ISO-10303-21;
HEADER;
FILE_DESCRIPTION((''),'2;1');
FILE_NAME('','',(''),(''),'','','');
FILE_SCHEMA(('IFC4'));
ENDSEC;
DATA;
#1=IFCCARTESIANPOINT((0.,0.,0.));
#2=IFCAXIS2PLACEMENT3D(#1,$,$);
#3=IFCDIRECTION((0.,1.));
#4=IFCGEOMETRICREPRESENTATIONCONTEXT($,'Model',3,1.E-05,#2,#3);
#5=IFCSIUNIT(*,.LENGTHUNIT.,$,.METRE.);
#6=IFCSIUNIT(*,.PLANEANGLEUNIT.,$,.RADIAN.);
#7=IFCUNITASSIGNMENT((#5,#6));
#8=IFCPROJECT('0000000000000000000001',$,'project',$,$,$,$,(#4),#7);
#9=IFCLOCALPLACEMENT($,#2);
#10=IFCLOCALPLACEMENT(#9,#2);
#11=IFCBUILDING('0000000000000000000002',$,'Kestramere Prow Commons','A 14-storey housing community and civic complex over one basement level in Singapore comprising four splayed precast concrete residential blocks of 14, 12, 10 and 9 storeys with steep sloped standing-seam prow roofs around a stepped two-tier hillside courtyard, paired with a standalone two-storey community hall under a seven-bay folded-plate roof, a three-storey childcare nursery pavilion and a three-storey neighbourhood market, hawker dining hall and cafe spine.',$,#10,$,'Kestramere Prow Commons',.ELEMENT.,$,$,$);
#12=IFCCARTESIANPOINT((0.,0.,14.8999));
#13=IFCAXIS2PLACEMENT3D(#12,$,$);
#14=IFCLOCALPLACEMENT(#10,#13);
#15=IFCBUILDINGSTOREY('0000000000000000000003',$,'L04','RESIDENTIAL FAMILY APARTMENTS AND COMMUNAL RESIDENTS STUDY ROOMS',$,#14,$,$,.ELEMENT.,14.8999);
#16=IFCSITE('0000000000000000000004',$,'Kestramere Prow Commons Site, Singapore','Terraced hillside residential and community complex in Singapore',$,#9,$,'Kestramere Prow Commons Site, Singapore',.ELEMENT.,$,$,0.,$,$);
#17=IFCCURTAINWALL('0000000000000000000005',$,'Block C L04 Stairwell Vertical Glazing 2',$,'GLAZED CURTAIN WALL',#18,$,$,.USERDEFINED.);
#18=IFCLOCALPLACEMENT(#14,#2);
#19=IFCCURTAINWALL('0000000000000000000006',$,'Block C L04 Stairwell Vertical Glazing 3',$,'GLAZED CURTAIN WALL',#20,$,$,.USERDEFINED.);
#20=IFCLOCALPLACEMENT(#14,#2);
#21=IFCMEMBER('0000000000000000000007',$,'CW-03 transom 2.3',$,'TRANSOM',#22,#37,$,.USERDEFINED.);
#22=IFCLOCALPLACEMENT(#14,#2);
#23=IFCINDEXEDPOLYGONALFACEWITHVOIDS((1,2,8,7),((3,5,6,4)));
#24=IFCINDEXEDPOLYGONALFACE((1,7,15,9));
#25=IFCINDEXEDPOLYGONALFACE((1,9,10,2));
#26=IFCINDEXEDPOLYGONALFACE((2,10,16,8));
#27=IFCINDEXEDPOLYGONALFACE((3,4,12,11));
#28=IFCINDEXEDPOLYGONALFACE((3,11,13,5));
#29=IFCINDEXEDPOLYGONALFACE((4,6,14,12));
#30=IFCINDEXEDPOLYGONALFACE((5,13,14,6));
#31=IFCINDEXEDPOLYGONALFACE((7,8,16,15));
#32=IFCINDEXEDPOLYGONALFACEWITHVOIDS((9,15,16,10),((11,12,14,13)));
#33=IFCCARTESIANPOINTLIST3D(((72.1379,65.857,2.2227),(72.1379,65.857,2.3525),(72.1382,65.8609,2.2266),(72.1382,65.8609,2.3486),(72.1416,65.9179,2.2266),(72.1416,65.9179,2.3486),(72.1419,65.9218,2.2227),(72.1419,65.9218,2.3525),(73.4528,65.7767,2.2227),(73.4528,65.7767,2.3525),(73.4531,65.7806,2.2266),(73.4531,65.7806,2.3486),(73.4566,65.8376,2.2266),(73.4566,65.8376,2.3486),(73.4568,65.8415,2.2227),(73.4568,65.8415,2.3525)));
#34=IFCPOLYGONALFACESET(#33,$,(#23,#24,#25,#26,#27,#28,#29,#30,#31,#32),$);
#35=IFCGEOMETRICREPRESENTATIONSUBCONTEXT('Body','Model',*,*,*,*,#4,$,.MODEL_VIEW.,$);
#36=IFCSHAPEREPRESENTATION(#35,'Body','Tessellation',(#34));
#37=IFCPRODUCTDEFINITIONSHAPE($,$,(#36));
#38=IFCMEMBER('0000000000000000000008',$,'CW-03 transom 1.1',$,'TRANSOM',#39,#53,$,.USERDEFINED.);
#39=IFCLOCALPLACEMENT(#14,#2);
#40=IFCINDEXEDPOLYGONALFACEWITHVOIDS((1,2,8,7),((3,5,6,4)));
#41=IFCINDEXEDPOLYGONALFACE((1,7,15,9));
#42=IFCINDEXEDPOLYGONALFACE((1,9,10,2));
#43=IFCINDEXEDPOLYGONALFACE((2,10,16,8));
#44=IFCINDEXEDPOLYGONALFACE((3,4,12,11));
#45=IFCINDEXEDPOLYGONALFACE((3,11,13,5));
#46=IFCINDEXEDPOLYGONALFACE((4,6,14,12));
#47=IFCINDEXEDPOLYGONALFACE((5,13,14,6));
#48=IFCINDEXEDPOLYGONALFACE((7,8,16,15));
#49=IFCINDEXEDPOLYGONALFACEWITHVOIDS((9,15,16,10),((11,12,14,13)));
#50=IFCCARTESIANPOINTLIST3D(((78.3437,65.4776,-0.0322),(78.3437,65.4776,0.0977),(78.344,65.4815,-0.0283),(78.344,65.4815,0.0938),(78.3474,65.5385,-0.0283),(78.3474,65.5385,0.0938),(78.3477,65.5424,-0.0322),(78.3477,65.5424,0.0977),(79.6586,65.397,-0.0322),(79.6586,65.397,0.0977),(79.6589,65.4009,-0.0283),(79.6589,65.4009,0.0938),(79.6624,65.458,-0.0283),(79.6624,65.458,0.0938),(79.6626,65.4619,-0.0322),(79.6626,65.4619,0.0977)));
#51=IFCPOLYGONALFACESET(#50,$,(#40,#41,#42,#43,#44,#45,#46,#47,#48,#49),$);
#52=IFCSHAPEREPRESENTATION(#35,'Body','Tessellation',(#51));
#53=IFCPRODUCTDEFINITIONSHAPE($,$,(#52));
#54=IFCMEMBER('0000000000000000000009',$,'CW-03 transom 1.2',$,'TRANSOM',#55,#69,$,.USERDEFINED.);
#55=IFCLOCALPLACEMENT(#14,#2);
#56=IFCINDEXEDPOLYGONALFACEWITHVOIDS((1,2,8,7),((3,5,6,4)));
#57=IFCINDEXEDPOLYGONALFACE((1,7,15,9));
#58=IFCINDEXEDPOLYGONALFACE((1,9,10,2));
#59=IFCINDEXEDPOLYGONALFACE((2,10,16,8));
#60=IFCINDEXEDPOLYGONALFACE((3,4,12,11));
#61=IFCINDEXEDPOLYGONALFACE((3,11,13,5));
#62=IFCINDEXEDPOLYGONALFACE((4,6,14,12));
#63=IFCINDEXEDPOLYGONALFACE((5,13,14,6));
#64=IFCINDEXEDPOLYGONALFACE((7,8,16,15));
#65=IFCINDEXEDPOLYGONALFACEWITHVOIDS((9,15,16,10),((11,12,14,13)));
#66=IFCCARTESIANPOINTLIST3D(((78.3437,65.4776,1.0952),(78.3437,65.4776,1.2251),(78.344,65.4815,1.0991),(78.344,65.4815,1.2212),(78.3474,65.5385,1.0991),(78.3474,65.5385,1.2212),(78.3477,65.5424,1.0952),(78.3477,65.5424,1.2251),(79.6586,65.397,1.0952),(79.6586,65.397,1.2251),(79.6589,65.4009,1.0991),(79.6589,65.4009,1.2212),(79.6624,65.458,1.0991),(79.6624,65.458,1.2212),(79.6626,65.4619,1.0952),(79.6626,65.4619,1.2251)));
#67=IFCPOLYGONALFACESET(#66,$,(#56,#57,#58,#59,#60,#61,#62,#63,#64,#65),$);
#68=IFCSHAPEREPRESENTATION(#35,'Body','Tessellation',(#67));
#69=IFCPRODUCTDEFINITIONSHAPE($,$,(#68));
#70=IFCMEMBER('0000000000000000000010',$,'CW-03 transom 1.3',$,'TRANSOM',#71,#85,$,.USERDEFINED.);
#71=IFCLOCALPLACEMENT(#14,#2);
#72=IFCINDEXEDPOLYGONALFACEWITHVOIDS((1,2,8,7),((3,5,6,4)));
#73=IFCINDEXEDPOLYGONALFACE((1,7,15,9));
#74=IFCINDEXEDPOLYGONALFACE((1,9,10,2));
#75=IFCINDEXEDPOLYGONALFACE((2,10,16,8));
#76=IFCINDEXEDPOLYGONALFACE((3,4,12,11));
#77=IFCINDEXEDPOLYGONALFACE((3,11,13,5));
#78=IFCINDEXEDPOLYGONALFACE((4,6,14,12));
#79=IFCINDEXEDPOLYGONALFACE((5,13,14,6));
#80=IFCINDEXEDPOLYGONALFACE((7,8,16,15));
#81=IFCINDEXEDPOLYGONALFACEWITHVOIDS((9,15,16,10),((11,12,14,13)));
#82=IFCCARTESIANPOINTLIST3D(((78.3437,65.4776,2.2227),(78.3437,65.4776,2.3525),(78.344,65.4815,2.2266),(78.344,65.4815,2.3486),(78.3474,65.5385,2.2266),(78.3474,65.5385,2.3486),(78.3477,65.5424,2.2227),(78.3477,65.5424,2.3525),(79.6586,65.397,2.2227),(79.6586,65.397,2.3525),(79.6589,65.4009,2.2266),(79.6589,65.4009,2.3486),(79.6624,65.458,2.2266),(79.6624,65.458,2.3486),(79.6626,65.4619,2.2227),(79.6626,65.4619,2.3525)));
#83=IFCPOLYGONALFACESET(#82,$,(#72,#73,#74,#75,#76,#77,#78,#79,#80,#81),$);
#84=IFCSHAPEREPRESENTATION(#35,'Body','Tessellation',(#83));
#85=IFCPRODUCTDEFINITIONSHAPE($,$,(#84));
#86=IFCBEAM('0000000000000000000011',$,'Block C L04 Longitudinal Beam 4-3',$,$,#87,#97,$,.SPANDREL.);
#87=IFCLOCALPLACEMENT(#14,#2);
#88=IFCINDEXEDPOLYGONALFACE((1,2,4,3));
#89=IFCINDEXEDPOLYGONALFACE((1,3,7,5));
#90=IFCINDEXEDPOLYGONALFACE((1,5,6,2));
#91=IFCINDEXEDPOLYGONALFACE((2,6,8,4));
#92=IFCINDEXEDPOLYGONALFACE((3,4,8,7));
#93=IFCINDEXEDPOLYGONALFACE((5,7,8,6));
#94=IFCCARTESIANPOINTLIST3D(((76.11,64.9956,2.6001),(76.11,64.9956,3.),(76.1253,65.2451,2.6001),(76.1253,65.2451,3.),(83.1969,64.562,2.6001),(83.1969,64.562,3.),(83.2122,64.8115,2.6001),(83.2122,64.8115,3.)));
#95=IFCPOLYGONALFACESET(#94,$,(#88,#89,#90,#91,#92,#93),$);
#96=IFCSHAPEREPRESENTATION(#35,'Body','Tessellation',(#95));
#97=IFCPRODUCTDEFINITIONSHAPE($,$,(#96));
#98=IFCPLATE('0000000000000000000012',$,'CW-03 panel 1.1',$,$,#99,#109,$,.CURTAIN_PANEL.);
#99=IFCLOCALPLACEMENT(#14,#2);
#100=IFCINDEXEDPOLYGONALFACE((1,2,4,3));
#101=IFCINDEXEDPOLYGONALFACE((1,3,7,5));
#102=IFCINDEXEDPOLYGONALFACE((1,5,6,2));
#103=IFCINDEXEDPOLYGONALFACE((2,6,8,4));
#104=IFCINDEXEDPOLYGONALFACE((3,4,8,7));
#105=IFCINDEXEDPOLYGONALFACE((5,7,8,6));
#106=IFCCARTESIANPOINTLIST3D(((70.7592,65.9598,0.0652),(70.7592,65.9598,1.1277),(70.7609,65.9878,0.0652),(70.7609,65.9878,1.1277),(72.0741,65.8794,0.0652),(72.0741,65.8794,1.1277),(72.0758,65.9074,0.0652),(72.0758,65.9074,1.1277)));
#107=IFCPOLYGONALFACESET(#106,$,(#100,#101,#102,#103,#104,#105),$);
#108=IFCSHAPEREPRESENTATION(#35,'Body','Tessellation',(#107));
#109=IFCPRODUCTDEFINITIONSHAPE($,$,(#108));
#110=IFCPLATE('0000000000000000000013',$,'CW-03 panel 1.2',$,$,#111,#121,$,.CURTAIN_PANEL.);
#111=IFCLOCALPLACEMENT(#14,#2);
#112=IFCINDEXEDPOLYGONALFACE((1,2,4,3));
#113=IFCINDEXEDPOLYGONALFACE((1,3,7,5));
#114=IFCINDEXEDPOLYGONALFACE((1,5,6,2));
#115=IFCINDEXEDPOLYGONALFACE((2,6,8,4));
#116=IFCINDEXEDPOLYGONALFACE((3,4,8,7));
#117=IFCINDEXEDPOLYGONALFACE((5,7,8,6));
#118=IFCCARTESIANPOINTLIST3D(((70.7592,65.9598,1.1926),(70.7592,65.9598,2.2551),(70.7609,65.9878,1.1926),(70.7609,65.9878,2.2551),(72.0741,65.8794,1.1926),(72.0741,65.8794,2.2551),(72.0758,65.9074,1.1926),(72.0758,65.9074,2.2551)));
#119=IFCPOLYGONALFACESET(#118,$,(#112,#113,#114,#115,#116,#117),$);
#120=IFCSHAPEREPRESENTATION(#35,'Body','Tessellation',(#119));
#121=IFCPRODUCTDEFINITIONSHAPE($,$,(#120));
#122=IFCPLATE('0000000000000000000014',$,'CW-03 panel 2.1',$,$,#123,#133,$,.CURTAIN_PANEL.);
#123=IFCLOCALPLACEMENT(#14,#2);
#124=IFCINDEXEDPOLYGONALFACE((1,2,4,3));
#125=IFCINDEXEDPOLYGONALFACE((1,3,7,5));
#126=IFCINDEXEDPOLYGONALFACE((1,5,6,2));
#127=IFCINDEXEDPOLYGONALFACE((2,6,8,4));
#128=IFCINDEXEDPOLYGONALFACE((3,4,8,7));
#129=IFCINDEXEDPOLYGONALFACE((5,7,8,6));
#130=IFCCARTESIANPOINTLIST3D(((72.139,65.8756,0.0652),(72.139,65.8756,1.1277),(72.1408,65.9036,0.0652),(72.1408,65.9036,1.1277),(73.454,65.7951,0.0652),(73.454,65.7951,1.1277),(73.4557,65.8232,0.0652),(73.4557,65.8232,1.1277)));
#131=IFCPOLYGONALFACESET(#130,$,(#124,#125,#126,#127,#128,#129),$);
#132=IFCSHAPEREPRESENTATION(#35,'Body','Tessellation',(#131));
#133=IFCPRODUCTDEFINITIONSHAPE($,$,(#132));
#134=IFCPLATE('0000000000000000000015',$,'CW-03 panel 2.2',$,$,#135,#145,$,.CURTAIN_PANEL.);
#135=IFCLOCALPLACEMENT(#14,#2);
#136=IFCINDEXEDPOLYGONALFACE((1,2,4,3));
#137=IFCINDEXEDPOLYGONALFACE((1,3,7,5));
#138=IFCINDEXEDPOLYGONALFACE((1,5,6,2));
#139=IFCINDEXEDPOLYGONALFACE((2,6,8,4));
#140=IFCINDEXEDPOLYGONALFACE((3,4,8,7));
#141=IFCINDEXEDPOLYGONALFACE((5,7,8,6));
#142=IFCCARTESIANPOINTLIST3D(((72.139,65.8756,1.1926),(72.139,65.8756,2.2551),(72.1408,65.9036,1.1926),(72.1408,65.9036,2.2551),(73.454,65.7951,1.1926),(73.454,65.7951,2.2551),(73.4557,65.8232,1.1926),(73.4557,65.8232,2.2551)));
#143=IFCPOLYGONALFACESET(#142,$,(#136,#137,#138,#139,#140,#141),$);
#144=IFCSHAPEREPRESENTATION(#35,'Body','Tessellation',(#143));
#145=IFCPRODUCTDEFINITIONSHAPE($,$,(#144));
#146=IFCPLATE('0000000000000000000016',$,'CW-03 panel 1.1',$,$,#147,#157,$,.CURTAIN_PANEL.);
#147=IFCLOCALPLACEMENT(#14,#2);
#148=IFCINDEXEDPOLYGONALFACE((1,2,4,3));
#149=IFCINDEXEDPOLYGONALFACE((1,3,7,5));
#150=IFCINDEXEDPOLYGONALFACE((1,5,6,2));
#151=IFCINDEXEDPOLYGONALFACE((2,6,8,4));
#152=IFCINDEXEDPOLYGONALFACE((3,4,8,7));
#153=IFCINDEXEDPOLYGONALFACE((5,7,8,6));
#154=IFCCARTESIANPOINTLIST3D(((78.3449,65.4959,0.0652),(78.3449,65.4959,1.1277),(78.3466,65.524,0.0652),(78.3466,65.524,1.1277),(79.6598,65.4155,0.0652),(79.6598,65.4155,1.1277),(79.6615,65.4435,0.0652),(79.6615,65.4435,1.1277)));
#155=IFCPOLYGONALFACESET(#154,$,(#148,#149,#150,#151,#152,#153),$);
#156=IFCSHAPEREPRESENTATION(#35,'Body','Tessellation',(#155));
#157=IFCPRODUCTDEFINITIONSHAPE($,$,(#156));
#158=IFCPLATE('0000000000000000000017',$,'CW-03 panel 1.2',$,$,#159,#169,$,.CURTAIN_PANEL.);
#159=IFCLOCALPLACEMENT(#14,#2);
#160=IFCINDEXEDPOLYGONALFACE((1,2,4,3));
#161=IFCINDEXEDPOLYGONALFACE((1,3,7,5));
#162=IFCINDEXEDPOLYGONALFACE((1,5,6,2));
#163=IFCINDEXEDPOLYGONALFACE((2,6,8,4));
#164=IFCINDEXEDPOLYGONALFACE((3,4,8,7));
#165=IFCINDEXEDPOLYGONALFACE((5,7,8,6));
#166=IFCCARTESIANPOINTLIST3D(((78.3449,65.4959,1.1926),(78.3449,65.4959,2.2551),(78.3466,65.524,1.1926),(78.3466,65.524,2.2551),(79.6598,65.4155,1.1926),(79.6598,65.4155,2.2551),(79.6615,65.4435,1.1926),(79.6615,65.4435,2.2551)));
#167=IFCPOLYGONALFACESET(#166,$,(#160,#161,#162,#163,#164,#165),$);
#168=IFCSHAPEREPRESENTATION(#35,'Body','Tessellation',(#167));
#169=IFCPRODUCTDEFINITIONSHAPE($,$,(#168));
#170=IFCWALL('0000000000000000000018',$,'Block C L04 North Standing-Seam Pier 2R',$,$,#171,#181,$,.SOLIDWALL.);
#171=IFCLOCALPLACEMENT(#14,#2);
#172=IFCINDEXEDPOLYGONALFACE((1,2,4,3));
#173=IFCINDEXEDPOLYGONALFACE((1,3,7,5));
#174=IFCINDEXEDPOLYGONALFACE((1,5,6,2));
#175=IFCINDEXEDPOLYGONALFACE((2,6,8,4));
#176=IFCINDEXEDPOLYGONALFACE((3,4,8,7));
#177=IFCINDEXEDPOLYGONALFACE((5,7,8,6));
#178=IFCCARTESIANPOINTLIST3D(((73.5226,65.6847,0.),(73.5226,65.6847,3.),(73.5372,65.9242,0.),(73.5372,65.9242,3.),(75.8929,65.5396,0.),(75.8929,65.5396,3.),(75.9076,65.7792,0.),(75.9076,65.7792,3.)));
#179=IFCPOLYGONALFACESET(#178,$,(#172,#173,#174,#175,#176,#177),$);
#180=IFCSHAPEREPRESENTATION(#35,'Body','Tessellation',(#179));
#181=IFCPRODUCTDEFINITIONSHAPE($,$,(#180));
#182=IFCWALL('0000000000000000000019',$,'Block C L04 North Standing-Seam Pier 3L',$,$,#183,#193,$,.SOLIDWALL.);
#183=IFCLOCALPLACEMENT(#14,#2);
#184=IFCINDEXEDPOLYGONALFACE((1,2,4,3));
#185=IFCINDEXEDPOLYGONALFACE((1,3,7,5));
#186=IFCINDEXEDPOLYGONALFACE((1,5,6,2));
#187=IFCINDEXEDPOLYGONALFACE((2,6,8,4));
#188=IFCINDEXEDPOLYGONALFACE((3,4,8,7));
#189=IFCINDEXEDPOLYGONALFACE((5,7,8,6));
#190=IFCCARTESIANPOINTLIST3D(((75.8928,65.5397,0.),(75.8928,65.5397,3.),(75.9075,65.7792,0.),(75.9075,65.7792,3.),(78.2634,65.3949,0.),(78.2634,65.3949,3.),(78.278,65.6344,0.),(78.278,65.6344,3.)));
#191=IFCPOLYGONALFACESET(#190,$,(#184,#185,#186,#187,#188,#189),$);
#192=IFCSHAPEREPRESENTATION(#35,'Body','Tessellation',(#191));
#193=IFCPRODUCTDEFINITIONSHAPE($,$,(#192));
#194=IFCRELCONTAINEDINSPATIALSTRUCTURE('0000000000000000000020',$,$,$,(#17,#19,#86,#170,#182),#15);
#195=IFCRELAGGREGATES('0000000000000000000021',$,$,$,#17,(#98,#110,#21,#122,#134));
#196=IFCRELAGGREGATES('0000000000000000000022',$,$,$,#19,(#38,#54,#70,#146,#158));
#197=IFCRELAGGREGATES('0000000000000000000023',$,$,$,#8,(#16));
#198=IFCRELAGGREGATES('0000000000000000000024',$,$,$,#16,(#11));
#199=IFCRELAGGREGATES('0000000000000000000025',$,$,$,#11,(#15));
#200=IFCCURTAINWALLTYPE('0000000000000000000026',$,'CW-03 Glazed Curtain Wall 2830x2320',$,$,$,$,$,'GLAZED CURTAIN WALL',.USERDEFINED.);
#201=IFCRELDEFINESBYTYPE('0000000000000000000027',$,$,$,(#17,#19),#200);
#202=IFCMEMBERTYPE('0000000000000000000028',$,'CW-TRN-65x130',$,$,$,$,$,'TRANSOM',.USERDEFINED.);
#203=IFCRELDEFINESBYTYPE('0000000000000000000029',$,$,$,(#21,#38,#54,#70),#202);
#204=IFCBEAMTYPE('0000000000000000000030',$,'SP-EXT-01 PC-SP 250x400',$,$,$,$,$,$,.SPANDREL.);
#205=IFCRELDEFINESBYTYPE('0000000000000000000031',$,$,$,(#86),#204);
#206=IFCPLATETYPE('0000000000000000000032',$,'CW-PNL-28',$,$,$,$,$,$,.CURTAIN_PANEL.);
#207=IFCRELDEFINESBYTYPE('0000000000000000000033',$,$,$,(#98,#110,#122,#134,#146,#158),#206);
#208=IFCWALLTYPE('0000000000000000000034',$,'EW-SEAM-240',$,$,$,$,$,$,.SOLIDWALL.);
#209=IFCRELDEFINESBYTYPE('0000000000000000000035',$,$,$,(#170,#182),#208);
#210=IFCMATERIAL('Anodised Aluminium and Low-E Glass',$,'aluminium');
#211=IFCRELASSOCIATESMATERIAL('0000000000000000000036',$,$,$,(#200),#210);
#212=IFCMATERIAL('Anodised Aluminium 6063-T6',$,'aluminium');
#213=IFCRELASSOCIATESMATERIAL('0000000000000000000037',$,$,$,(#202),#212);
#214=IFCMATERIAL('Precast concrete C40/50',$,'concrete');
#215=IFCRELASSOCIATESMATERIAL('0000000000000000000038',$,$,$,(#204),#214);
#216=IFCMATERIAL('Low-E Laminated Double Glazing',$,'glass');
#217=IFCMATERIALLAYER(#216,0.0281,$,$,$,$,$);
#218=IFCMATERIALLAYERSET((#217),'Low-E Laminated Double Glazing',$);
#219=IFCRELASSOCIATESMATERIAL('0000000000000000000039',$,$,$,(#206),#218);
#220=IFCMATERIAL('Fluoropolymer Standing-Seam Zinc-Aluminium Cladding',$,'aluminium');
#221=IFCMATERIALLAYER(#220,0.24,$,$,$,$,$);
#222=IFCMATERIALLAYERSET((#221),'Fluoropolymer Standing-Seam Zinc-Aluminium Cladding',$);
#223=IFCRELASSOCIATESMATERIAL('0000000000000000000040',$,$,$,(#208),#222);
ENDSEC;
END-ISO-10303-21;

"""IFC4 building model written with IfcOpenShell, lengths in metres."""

from ifc_helpers import new_model, si_unit, direction, frame, frame_2d, origin, origin_2d, place, context, subcontext, project, spatial, rectangle, hollow_rectangle, extrude, material, layer, layer_set, material_profile, profile_set, type_object, element, aggregate, save


model = new_model("IFC4")

# Units and contexts
model_context = context("Model", 3, precision=1e-05, world=origin(), true_north=direction((0.0, 1.0)))
body_context = subcontext(model_context, "Body", "Model", "MODEL_VIEW")
ifc_project = project(units=[si_unit("LENGTHUNIT", "METRE"), si_unit("PLANEANGLEUNIT", "RADIAN")], contexts=[model_context])

# Site, building, storey
site_placement = place(None, origin())
site = spatial("IfcSite", under=ifc_project, at=site_placement, Name="Kestramere Prow Commons Site, Singapore", Description="Terraced hillside residential and community complex in Singapore", LongName="Kestramere Prow Commons Site, Singapore", CompositionType="ELEMENT", RefElevation=0.0)
building_placement = place(site_placement, origin())
building = spatial("IfcBuilding", under=site, at=building_placement, Name="Kestramere Prow Commons", Description="A 14-storey housing community and civic complex over one basement level in Singapore comprising four splayed precast concrete residential blocks of 14, 12, 10 and 9 storeys with steep sloped standing-seam prow roofs around a stepped two-tier hillside courtyard, paired with a standalone two-storey community hall under a seven-bay folded-plate roof, a three-storey childcare nursery pavilion and a three-storey neighbourhood market, hawker dining hall and cafe spine.", LongName="Kestramere Prow Commons", CompositionType="ELEMENT")
storey_placement = place(building_placement, frame((0.0, 0.0, 14.8999)))
storey = spatial("IfcBuildingStorey", under=building, at=storey_placement, Name="L04", Description="RESIDENTIAL FAMILY APARTMENTS AND COMMUNAL RESIDENTS STUDY ROOMS", CompositionType="ELEMENT", Elevation=14.8999)

# Shared definitions
ifc_material_1 = material(Name="Precast concrete C40/50", Category="concrete")

# Curtain walls
ifc_material_2 = material(Name="Anodised Aluminium and Low-E Glass", Category="aluminium")
curtain_wall_type = type_object("IfcCurtainWallType", Name="CW-03 Glazed Curtain Wall 2830x2320", ElementType="GLAZED CURTAIN WALL", PredefinedType="USERDEFINED", material=ifc_material_2)
curtain_wall_1_placement = place(storey_placement, origin())
curtain_wall_1 = element("IfcCurtainWall", 1, at=curtain_wall_1_placement, inside=storey, type_object=curtain_wall_type, Name="Block C L04 Stairwell Vertical Glazing 2", ObjectType="GLAZED CURTAIN WALL", PredefinedType="USERDEFINED")
ifc_material_3 = material(Name="Anodised Aluminium 6063-T6", Category="aluminium")
curtain_wall_2_placement = place(storey_placement, origin())
curtain_wall_2 = element("IfcCurtainWall", 2, at=curtain_wall_2_placement, inside=storey, type_object=curtain_wall_type, Name="Block C L04 Stairwell Vertical Glazing 3", ObjectType="GLAZED CURTAIN WALL", PredefinedType="USERDEFINED")

# Members
ifc_material_profile_1 = material_profile(ifc_material_3, hollow_rectangle(XDim=0.0649, YDim=0.1299, WallThickness=0.0039, at=origin_2d()), Name="ALU-TRN 65x130")
ifc_profile_set_1 = profile_set([ifc_material_profile_1], Name="Anodised Aluminium 6063-T6")
member_type_1 = type_object("IfcMemberType", Name="CW-TRN-65x130", ElementType="TRANSOM", PredefinedType="USERDEFINED", material=ifc_profile_set_1)
member_1_placement = place(storey_placement, frame((72.1399, 65.8894, 2.2876), z_axis=(0.99814, -0.060971, 0.0), x_axis=(0.060971, 0.99814, 0.0)))
member_1 = element("IfcMember", 3, at=member_1_placement, type_object=member_type_1, Name="CW-03 transom 2.3", ObjectType="TRANSOM", PredefinedType="USERDEFINED", context=body_context, shape_type="SweptSolid", body=[
    extrude(hollow_rectangle(XDim=0.0649, YDim=0.1299, WallThickness=0.0039, at=origin_2d()), origin(), (0.0, 0.0, 1.0), 1.3174),
])
member_2_placement = place(storey_placement, frame((78.3457, 65.51, 0.0327), z_axis=(0.998128, -0.061155, 0.0), x_axis=(0.061155, 0.998128, 0.0)))
member_2 = element("IfcMember", 4, at=member_2_placement, type_object=member_type_1, Name="CW-03 transom 1.1", ObjectType="TRANSOM", PredefinedType="USERDEFINED", context=body_context, shape_type="SweptSolid", body=[
    extrude(hollow_rectangle(XDim=0.0649, YDim=0.1299, WallThickness=0.0039, at=origin_2d()), origin(), (0.0, 0.0, 1.0), 1.3174),
])
member_3_placement = place(storey_placement, frame((78.3457, 65.51, 1.1602), z_axis=(0.998128, -0.061155, 0.0), x_axis=(0.061155, 0.998128, 0.0)))
member_3 = element("IfcMember", 5, at=member_3_placement, type_object=member_type_1, Name="CW-03 transom 1.2", ObjectType="TRANSOM", PredefinedType="USERDEFINED", context=body_context, shape_type="SweptSolid", body=[
    extrude(hollow_rectangle(XDim=0.0649, YDim=0.1299, WallThickness=0.0039, at=origin_2d()), origin(), (0.0, 0.0, 1.0), 1.3174),
])
member_4_placement = place(storey_placement, frame((78.3457, 65.51, 2.2876), z_axis=(0.998128, -0.061155, 0.0), x_axis=(0.061155, 0.998128, 0.0)))
member_4 = element("IfcMember", 6, at=member_4_placement, type_object=member_type_1, Name="CW-03 transom 1.3", ObjectType="TRANSOM", PredefinedType="USERDEFINED", context=body_context, shape_type="SweptSolid", body=[
    extrude(hollow_rectangle(XDim=0.0649, YDim=0.1299, WallThickness=0.0039, at=origin_2d()), origin(), (0.0, 0.0, 1.0), 1.3174),
])

# Beam
ifc_material_profile_2 = material_profile(ifc_material_1, rectangle(XDim=0.25, YDim=0.3999, at=origin_2d()), Name="PC-SP 250x400")
ifc_profile_set_2 = profile_set([ifc_material_profile_2], Name="Precast concrete C40/50")
beam_type = type_object("IfcBeamType", Name="SP-EXT-01 PC-SP 250x400", PredefinedType="SPANDREL", material=ifc_profile_set_2)
beam_placement = place(storey_placement, frame((76.1177, 65.1204, 2.8), z_axis=(0.998134, -0.061068, 0.0), x_axis=(0.061068, 0.998134, 0.0)))
element("IfcBeam", 7, at=beam_placement, inside=storey, type_object=beam_type, Name="Block C L04 Longitudinal Beam 4-3", PredefinedType="SPANDREL", context=body_context, shape_type="SweptSolid", body=[
    extrude(rectangle(XDim=0.25, YDim=0.3999, at=origin_2d()), origin(), (0.0, 0.0, 1.0), 7.1001),
])

# Plates
ifc_material_4 = material(Name="Low-E Laminated Double Glazing", Category="glass")
ifc_layer_1 = layer(ifc_material_4, 0.0281)
ifc_layer_set_1 = layer_set([ifc_layer_1], Name="Low-E Laminated Double Glazing")
plate_type = type_object("IfcPlateType", Name="CW-PNL-28", PredefinedType="CURTAIN_PANEL", material=ifc_layer_set_1)
plate_1_placement = place(storey_placement, frame((71.4175, 65.9336, 0.0652), z_axis=(0.0, 0.0, 1.0), x_axis=(0.998135, -0.061048, 0.0)))
plate_1 = element("IfcPlate", 8, at=plate_1_placement, type_object=plate_type, Name="CW-03 panel 1.1", PredefinedType="CURTAIN_PANEL", context=body_context, shape_type="SweptSolid", body=[
    extrude(rectangle(XDim=1.3174, YDim=0.0281, at=origin_2d()), origin(), (0.0, 0.0, 1.0), 1.0625),
])
plate_2_placement = place(storey_placement, frame((71.4175, 65.9336, 1.1926), z_axis=(0.0, 0.0, 1.0), x_axis=(0.998135, -0.061048, 0.0)))
plate_2 = element("IfcPlate", 9, at=plate_2_placement, type_object=plate_type, Name="CW-03 panel 1.2", PredefinedType="CURTAIN_PANEL", context=body_context, shape_type="SweptSolid", body=[
    extrude(rectangle(XDim=1.3174, YDim=0.0281, at=origin_2d()), origin(), (0.0, 0.0, 1.0), 1.0625),
])
plate_3_placement = place(storey_placement, frame((72.7974, 65.8494, 0.0652), z_axis=(0.0, 0.0, 1.0), x_axis=(0.998135, -0.061048, 0.0)))
plate_3 = element("IfcPlate", 10, at=plate_3_placement, type_object=plate_type, Name="CW-03 panel 2.1", PredefinedType="CURTAIN_PANEL", context=body_context, shape_type="SweptSolid", body=[
    extrude(rectangle(XDim=1.3174, YDim=0.0281, at=origin_2d()), origin(), (0.0, 0.0, 1.0), 1.0625),
])
plate_4_placement = place(storey_placement, frame((72.7974, 65.8494, 1.1926), z_axis=(0.0, 0.0, 1.0), x_axis=(0.998135, -0.061048, 0.0)))
plate_4 = element("IfcPlate", 11, at=plate_4_placement, type_object=plate_type, Name="CW-03 panel 2.2", PredefinedType="CURTAIN_PANEL", context=body_context, shape_type="SweptSolid", body=[
    extrude(rectangle(XDim=1.3174, YDim=0.0281, at=origin_2d()), origin(), (0.0, 0.0, 1.0), 1.0625),
])
aggregate(curtain_wall_1, [plate_1, plate_2, member_1, plate_3, plate_4])
plate_5_placement = place(storey_placement, frame((79.0032, 65.4697, 0.0652), z_axis=(0.0, 0.0, 1.0), x_axis=(0.998135, -0.061048, 0.0)))
plate_5 = element("IfcPlate", 12, at=plate_5_placement, type_object=plate_type, Name="CW-03 panel 1.1", PredefinedType="CURTAIN_PANEL", context=body_context, shape_type="SweptSolid", body=[
    extrude(rectangle(XDim=1.3174, YDim=0.0281, at=origin_2d()), origin(), (0.0, 0.0, 1.0), 1.0625),
])
plate_6_placement = place(storey_placement, frame((79.0032, 65.4697, 1.1926), z_axis=(0.0, 0.0, 1.0), x_axis=(0.998135, -0.061048, 0.0)))
plate_6 = element("IfcPlate", 13, at=plate_6_placement, type_object=plate_type, Name="CW-03 panel 1.2", PredefinedType="CURTAIN_PANEL", context=body_context, shape_type="SweptSolid", body=[
    extrude(rectangle(XDim=1.3174, YDim=0.0281, at=origin_2d()), origin(), (0.0, 0.0, 1.0), 1.0625),
])
aggregate(curtain_wall_2, [member_2, member_3, member_4, plate_5, plate_6])

# Walls
ifc_material_5 = material(Name="Fluoropolymer Standing-Seam Zinc-Aluminium Cladding", Category="aluminium")
ifc_layer_2 = layer(ifc_material_5, 0.24)
ifc_layer_set_2 = layer_set([ifc_layer_2], Name="Fluoropolymer Standing-Seam Zinc-Aluminium Cladding")
wall_type_1 = type_object("IfcWallType", Name="EW-SEAM-240", PredefinedType="SOLIDWALL", material=ifc_layer_set_2)
wall_1_placement = place(storey_placement, frame((73.5298, 65.8044, 0.0), z_axis=(0.0, 0.0, 1.0), x_axis=(0.998134, -0.061066, 0.0)))
element("IfcWall", 14, at=wall_1_placement, inside=storey, type_object=wall_type_1, Name="Block C L04 North Standing-Seam Pier 2R", PredefinedType="SOLIDWALL", context=body_context, shape_type="SweptSolid", body=[
    extrude(rectangle(XDim=2.3748, YDim=0.24, at=frame_2d((1.1875, 0.0))), origin(), (0.0, 0.0, 1.0), 3.0),
])
wall_2_placement = place(storey_placement, frame((75.9001, 65.6594, 0.0), z_axis=(0.0, 0.0, 1.0), x_axis=(0.99814, -0.060957, 0.0)))
element("IfcWall", 15, at=wall_2_placement, inside=storey, type_object=wall_type_1, Name="Block C L04 North Standing-Seam Pier 3L", PredefinedType="SOLIDWALL", context=body_context, shape_type="SweptSolid", body=[
    extrude(rectangle(XDim=2.375, YDim=0.24, at=frame_2d((1.1875, 0.0))), origin(), (0.0, 0.0, 1.0), 3.0),
])

save(model, "model.ifc")
